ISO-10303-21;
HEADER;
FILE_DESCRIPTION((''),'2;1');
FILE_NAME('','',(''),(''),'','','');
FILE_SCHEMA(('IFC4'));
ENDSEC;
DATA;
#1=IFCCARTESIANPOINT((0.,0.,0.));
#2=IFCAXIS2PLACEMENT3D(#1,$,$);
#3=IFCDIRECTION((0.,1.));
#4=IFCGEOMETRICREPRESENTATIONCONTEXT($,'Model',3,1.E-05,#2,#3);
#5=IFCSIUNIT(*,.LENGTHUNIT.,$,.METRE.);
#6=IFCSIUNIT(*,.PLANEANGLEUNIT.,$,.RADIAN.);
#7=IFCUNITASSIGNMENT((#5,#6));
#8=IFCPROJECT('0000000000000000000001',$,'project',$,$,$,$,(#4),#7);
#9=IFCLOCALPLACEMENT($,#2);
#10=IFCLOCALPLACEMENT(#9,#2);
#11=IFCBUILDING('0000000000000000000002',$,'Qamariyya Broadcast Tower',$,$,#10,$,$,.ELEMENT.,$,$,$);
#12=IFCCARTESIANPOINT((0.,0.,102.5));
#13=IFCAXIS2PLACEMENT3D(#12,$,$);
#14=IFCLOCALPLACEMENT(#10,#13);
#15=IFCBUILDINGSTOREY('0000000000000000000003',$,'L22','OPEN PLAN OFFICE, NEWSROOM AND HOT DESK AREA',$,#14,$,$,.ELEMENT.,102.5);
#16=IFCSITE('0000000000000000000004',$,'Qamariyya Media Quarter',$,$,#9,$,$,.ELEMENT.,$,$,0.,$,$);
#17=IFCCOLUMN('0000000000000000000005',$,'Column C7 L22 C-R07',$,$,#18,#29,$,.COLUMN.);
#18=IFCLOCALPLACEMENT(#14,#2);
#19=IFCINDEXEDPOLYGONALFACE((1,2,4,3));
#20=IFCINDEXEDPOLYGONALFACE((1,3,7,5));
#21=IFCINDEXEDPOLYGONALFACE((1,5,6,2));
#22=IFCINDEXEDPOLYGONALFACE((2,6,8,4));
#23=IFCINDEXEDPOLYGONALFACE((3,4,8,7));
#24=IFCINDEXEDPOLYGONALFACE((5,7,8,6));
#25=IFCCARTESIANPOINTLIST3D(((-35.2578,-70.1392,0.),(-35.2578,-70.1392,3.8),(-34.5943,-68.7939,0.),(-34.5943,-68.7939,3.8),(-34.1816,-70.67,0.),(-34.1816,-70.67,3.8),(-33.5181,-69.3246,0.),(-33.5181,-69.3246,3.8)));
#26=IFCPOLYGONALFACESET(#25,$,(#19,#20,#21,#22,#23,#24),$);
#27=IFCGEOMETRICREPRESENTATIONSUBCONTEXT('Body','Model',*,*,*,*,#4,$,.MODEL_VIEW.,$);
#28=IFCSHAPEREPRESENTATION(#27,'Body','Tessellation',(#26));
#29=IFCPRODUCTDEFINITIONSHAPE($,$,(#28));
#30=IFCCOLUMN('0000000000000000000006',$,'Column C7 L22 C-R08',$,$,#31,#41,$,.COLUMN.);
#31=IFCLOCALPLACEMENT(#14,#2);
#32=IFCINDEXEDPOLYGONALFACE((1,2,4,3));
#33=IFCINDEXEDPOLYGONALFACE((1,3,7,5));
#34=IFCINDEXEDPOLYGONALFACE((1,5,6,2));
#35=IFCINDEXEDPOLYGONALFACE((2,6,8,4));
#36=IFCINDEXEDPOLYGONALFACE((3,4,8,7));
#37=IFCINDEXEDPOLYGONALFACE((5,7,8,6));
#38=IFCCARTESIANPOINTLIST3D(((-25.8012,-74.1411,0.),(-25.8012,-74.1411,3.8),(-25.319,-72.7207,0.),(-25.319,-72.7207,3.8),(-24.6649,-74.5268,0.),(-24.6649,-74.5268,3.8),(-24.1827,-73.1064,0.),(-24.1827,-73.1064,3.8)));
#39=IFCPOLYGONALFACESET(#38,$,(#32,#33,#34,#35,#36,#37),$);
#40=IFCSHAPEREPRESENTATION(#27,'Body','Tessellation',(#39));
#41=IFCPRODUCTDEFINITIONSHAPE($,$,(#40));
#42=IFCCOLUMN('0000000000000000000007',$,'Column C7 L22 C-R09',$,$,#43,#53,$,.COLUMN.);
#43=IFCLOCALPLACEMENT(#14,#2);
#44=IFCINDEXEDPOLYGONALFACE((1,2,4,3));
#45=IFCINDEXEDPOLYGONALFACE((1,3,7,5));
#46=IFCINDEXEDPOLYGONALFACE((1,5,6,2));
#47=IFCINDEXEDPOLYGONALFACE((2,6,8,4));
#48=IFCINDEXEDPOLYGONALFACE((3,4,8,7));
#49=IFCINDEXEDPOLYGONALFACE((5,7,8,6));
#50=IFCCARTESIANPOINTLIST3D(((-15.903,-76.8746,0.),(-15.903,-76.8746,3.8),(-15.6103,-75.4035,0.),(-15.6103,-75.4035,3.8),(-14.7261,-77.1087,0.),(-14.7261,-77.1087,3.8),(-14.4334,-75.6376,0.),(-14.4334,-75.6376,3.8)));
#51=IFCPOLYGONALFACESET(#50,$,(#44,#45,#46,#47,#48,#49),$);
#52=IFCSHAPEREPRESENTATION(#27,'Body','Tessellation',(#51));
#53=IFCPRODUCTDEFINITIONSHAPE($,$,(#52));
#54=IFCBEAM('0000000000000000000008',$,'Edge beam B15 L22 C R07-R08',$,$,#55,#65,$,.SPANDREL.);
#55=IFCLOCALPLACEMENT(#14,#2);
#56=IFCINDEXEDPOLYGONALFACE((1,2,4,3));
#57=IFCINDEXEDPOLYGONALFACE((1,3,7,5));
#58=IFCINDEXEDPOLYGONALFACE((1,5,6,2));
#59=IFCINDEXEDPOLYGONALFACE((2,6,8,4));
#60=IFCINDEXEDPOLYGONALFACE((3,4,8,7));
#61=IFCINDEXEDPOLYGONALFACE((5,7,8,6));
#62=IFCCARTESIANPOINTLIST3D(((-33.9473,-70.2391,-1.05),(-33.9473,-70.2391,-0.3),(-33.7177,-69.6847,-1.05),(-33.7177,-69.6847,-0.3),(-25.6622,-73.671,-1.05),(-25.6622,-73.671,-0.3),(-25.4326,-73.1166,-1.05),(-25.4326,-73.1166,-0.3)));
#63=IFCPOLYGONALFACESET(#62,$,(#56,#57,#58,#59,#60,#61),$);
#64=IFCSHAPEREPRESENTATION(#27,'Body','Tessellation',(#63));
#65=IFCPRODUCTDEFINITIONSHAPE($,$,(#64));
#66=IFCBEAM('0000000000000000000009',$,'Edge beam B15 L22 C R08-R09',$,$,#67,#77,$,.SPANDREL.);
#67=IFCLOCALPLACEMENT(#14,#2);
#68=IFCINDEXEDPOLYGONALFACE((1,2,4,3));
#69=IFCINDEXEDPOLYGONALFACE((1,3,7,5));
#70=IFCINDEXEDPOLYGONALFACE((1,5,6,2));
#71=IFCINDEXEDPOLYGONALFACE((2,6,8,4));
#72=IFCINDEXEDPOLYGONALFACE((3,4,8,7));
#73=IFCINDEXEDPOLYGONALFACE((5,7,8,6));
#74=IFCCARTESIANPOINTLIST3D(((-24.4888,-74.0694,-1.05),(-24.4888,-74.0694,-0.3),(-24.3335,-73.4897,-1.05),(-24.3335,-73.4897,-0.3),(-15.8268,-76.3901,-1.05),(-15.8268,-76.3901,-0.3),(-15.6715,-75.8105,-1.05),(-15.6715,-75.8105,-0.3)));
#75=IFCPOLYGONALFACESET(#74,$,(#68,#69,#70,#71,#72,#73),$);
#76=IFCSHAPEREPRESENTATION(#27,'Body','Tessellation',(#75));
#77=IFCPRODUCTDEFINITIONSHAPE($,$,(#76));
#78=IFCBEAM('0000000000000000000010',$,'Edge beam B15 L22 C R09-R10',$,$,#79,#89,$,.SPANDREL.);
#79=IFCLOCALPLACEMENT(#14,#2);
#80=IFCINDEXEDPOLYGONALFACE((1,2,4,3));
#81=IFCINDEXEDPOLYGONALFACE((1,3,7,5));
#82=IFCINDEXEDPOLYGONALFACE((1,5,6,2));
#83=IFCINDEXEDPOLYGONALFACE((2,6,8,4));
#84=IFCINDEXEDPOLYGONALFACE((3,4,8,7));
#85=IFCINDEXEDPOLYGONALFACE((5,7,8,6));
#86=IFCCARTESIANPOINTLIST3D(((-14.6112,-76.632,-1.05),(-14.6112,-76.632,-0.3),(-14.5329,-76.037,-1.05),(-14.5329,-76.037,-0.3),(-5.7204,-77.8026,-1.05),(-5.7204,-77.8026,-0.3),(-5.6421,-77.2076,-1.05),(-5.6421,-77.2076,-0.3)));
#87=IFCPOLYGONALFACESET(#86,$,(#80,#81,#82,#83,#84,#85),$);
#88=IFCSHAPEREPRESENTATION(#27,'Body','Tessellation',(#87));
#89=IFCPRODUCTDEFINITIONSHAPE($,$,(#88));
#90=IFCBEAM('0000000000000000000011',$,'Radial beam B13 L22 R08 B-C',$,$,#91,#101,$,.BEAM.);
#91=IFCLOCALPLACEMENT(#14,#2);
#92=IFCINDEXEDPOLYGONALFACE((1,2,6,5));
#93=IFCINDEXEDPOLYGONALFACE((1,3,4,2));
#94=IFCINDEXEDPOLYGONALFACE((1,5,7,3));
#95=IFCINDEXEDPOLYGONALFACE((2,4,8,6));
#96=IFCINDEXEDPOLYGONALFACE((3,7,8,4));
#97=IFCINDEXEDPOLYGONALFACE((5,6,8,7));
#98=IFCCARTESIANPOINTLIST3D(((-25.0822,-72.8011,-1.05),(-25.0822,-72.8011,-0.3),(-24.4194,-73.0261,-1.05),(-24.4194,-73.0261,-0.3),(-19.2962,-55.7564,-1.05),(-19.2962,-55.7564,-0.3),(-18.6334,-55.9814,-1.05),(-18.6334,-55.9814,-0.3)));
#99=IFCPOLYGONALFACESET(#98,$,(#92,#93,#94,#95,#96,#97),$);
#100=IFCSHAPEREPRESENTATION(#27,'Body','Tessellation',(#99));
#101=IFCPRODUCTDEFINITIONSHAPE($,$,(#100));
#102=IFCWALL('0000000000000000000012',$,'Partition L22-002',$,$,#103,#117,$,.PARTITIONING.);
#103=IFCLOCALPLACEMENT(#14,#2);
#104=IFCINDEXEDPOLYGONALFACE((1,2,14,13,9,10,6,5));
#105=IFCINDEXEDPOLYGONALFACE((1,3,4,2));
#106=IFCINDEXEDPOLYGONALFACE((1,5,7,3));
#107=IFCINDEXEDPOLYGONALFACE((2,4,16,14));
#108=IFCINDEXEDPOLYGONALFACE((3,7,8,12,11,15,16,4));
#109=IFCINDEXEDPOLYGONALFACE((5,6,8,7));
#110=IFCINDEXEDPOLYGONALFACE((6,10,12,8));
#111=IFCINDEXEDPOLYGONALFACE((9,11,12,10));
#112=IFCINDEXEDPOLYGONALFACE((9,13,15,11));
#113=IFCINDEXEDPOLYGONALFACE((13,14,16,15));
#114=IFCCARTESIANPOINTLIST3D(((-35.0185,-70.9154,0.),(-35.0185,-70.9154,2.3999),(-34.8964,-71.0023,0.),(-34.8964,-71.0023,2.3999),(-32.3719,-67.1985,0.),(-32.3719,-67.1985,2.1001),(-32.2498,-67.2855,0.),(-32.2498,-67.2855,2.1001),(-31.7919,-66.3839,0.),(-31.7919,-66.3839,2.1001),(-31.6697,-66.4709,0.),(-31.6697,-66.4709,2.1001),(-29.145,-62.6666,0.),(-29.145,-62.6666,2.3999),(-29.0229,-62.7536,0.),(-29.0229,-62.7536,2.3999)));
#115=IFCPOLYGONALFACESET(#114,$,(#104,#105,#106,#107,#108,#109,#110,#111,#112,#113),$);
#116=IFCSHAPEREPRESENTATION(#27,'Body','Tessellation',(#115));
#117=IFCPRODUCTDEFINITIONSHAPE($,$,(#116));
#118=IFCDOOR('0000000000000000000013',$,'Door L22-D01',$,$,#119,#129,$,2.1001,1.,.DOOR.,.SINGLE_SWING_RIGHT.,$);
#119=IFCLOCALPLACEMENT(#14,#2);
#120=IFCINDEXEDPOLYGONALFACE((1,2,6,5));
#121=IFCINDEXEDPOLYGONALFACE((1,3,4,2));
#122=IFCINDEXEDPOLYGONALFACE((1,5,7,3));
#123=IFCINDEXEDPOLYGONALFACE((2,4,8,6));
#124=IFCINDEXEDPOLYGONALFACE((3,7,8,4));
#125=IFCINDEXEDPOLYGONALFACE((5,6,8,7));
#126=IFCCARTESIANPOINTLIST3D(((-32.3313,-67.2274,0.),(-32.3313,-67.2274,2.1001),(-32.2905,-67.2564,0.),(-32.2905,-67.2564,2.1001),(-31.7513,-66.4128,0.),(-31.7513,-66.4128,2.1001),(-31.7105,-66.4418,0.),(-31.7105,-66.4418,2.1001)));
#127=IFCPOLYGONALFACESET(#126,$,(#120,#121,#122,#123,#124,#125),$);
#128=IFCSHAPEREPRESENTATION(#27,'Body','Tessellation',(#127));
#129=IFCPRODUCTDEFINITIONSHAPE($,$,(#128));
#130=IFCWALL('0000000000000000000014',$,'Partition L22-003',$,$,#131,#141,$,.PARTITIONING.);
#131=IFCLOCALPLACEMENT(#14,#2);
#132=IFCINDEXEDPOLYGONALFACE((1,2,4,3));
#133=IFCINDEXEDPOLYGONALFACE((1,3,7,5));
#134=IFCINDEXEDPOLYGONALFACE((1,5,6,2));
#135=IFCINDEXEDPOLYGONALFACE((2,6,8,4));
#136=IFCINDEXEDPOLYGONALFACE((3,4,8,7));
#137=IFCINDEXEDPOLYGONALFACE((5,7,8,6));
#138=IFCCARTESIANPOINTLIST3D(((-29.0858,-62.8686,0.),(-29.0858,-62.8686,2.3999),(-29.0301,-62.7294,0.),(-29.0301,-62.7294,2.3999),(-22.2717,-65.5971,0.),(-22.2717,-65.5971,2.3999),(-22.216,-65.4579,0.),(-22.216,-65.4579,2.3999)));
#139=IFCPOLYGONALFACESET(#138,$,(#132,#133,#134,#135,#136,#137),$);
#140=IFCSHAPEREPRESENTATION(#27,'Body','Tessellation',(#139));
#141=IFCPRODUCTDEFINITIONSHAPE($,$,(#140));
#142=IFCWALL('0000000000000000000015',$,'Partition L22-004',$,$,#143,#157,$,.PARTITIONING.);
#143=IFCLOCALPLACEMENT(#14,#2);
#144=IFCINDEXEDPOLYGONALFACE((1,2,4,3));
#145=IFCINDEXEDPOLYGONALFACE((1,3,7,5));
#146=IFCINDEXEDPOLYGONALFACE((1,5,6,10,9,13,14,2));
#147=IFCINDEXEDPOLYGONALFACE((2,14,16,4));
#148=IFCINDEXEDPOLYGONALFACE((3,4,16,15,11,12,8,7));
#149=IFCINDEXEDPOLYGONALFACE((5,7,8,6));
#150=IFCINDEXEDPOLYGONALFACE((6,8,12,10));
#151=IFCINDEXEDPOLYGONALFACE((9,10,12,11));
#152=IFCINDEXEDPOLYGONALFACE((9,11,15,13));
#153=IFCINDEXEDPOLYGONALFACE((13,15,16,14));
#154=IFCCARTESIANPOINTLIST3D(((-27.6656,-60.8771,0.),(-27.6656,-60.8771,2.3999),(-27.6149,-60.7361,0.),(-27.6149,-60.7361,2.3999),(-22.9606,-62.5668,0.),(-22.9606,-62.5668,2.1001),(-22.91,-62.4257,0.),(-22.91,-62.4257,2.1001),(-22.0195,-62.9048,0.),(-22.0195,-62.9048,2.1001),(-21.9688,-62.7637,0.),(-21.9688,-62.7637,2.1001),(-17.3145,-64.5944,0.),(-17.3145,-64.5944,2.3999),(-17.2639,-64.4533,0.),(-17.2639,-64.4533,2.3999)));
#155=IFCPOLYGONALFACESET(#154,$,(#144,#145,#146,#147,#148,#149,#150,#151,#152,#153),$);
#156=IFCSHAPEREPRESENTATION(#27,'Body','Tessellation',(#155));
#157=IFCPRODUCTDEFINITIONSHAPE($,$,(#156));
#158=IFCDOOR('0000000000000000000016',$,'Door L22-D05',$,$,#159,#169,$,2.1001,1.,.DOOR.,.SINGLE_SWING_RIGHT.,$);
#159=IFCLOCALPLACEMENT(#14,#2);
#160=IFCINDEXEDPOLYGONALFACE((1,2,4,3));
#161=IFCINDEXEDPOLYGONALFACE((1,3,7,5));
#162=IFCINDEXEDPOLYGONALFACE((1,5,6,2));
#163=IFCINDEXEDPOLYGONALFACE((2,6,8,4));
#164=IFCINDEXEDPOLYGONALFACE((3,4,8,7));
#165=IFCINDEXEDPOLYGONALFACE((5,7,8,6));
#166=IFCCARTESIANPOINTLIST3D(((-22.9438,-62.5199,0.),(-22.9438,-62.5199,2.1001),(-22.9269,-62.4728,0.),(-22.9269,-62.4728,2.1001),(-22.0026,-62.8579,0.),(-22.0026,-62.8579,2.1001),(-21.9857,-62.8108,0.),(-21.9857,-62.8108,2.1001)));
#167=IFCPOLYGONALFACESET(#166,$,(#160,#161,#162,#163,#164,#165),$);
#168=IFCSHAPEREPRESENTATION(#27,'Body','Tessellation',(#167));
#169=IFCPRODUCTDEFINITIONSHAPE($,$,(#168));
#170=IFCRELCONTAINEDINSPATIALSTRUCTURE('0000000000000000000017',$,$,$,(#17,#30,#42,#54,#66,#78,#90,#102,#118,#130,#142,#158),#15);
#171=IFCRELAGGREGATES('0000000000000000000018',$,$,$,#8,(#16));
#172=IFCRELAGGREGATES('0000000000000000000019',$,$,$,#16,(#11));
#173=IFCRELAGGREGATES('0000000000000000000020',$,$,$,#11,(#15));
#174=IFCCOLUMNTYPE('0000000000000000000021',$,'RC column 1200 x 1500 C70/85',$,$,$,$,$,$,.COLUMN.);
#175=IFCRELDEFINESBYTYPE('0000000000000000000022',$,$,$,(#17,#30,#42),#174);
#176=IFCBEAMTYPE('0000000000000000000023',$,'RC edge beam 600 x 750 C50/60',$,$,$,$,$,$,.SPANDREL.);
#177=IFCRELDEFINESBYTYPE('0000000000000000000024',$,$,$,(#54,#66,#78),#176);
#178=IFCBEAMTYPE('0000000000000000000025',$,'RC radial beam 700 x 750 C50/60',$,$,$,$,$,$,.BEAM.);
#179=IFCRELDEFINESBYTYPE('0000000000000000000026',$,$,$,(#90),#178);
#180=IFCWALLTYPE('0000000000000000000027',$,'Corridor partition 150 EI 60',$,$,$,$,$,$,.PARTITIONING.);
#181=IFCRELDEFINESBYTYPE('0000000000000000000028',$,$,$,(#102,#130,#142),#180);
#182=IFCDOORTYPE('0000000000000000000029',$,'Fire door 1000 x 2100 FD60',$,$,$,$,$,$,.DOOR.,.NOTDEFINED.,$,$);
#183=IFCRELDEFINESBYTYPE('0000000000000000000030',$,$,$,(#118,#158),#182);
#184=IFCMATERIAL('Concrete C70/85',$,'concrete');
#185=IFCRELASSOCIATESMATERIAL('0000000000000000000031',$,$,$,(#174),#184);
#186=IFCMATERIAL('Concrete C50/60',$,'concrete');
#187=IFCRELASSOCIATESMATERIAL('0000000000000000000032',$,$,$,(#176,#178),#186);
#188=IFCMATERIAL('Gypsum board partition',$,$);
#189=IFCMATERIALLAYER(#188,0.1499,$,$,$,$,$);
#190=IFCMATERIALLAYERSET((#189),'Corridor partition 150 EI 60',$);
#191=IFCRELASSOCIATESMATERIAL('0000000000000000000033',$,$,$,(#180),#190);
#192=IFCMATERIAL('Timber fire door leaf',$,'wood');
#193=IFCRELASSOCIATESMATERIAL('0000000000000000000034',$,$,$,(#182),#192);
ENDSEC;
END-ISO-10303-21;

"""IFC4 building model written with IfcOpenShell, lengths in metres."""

from ifc_helpers import new_model, si_unit, direction, frame, frame_2d, origin, origin_2d, place, context, subcontext, project, spatial, rectangle, extrude, material, layer, layer_set, material_profile, profile_set, type_object, element, fill, save


model = new_model("IFC4")

# Units and contexts
model_context = context("Model", 3, precision=1e-05, world=origin(), true_north=direction((0.0, 1.0)))
body_context = subcontext(model_context, "Body", "Model", "MODEL_VIEW")
ifc_project = project(units=[si_unit("LENGTHUNIT", "METRE"), si_unit("PLANEANGLEUNIT", "RADIAN")], contexts=[model_context])

# Site, building, storey
site_placement = place(None, origin())
site = spatial("IfcSite", under=ifc_project, at=site_placement, Name="Qamariyya Media Quarter", CompositionType="ELEMENT", RefElevation=0.0)
building_placement = place(site_placement, origin())
building = spatial("IfcBuilding", under=site, at=building_placement, Name="Qamariyya Broadcast Tower", CompositionType="ELEMENT")
storey_placement = place(building_placement, frame((0.0, 0.0, 102.5)))
storey = spatial("IfcBuildingStorey", under=building, at=storey_placement, Name="L22", Description="OPEN PLAN OFFICE, NEWSROOM AND HOT DESK AREA", CompositionType="ELEMENT", Elevation=102.5)

# Columns
ifc_material_1 = material(Name="Concrete C70/85", Category="concrete")
ifc_material_profile_1 = material_profile(ifc_material_1, rectangle(XDim=1.2, YDim=1.5, at=origin_2d()))
ifc_profile_set_1 = profile_set([ifc_material_profile_1], Name="Concrete C70/85")
column_type = type_object("IfcColumnType", Name="RC column 1200 x 1500 C70/85", PredefinedType="COLUMN", material=ifc_profile_set_1)
for number, where, z_axis, x_axis, name in (
    (1, (-34.3879, -69.7319, 0.0), (0.0, 0.0, 1.0), (0.896873, -0.442289, 0.0), "Column C7 L22 C-R07"),
    (2, (-24.9919, -73.6238, 0.0), (0.0, 0.0, 1.0), (0.94693, -0.321439, 0.0), "Column C7 L22 C-R08"),
    (3, (-15.1682, -76.2561, 0.0), (0.0, 0.0, 1.0), (0.980785, -0.19509, 0.0), "Column C7 L22 C-R09"),
):
    element("IfcColumn", number, at=place(storey_placement, frame(where, z_axis=z_axis, x_axis=x_axis)), inside=storey, type_object=column_type, Name=name, PredefinedType="COLUMN", context=body_context, shape_type="SweptSolid", body=[
        extrude(rectangle(XDim=1.2, YDim=1.5, at=origin_2d()), origin(), (0.0, 0.0, 1.0), 3.8),
    ])

# Beams
ifc_material_2 = material(Name="Concrete C50/60", Category="concrete")
ifc_material_profile_2 = material_profile(ifc_material_2, rectangle(XDim=0.6001, YDim=0.75, at=origin_2d()))
ifc_profile_set_2 = profile_set([ifc_material_profile_2], Name="Concrete C50/60")
beam_type_1 = type_object("IfcBeamType", Name="RC edge beam 600 x 750 C50/60", PredefinedType="SPANDREL", material=ifc_profile_set_2)
beam_1_placement = place(storey_placement, frame((-33.8325, -69.9619, -0.675), z_axis=(0.923877, -0.382689, 0.0), x_axis=(0.382689, 0.923877, 0.0)))
element("IfcBeam", 4, at=beam_1_placement, inside=storey, type_object=beam_type_1, Name="Edge beam B15 L22 C R07-R08", PredefinedType="SPANDREL", context=body_context, shape_type="SweptSolid", body=[
    extrude(rectangle(XDim=0.6001, YDim=0.75, at=origin_2d()), origin(), (0.0, 0.0, 1.0), 8.9678),
])
for number, where, z_axis, x_axis, name in (
    (5, (-24.4111, -73.7795, -0.675), (0.965932, -0.258798, 0.0), (0.258798, 0.965932, 0.0), "Edge beam B15 L22 C R08-R09"),
    (6, (-14.572, -76.3345, -0.675), (0.991443, -0.130543, 0.0), (0.130543, 0.991443, 0.0), "Edge beam B15 L22 C R09-R10"),
):
    element("IfcBeam", number, at=place(storey_placement, frame(where, z_axis=z_axis, x_axis=x_axis)), inside=storey, type_object=beam_type_1, Name=name, PredefinedType="SPANDREL", context=body_context, shape_type="SweptSolid", body=[
        extrude(rectangle(XDim=0.6001, YDim=0.75, at=origin_2d()), origin(), (0.0, 0.0, 1.0), 8.9675),
    ])
ifc_material_profile_3 = material_profile(ifc_material_2, rectangle(XDim=0.7, YDim=0.75, at=origin_2d()))
ifc_profile_set_3 = profile_set([ifc_material_profile_3], Name="Concrete C50/60")
beam_type_2 = type_object("IfcBeamType", Name="RC radial beam 700 x 750 C50/60", PredefinedType="BEAM", material=ifc_profile_set_3)
beam_2_placement = place(storey_placement, frame((-18.9648, -55.8689, -0.675), z_axis=(-0.321439, -0.94693, 0.0), x_axis=(0.94693, -0.321439, 0.0)))
element("IfcBeam", 7, at=beam_2_placement, inside=storey, type_object=beam_type_2, Name="Radial beam B13 L22 R08 B-C", PredefinedType="BEAM", context=body_context, shape_type="SweptSolid", body=[
    extrude(rectangle(XDim=0.7, YDim=0.75, at=origin_2d()), origin(), (0.0, 0.0, 1.0), 18.0),
])

# Wall, opening, door
ifc_material_3 = material(Name="Gypsum board partition")
ifc_layer_1 = layer(ifc_material_3, 0.1499)
ifc_layer_set_1 = layer_set([ifc_layer_1], Name="Corridor partition 150 EI 60")
wall_type_1 = type_object("IfcWallType", Name="Corridor partition 150 EI 60", PredefinedType="PARTITIONING", material=ifc_layer_set_1)
wall_1_placement = place(storey_placement, frame((-29.084, -62.7102, 0.0), z_axis=(0.0, 0.0, 1.0), x_axis=(-0.580031, -0.814594, 0.0)))
wall_1 = element("IfcWall", 8, at=wall_1_placement, inside=storey, type_object=wall_type_1, Name="Partition L22-002", PredefinedType="PARTITIONING", context=body_context, shape_type="SweptSolid", body=[
    extrude(rectangle(XDim=10.1262, YDim=0.1499, at=frame_2d((5.063, 0.0))), origin(), (0.0, 0.0, 1.0), 2.3999),
])
opening_1_placement = place(wall_1_placement, frame((4.5632, 0.0, 0.0)))
opening_1 = element("IfcOpeningElement", 9, at=opening_1_placement, cuts=wall_1, PredefinedType="OPENING", context=body_context, shape_type="SweptSolid", body=[
    extrude(rectangle(XDim=1.0, YDim=2.1001, at=frame_2d((0.5, 1.05))), frame((0.0, 0.085, 0.0), z_axis=(0.0, -1.0, 0.0), x_axis=(1.0, 0.0, 0.0)), (0.0, 0.0, 1.0), 0.1699),
])
ifc_material_4 = material(Name="Timber fire door leaf", Category="wood")
door_type_1 = type_object("IfcDoorType", Name="Fire door 1000 x 2100 FD60", OperationType="NOTDEFINED", PredefinedType="DOOR", material=ifc_material_4)
door_1_placement = place(opening_1_placement, origin())
door_1 = element("IfcDoor", 10, at=door_1_placement, inside=storey, type_object=door_type_1, Name="Door L22-D01", OperationType="SINGLE_SWING_RIGHT", OverallHeight=2.1001, OverallWidth=1.0, PredefinedType="DOOR", context=body_context, shape_type="SweptSolid", body=[
    extrude(rectangle(XDim=1.0, YDim=2.1001, at=frame_2d((0.5, 1.05))), frame((0.0, 0.0249, 0.0), z_axis=(0.0, -1.0, 0.0), x_axis=(1.0, 0.0, 0.0)), (0.0, 0.0, 1.0), 0.05),
])
fill(opening_1, door_1)

# Wall
wall_2_placement = place(storey_placement, frame((-29.0579, -62.7991, 0.0), z_axis=(0.0, 0.0, 1.0), x_axis=(0.928344, -0.371723, 0.0)))
element("IfcWall", 11, at=wall_2_placement, inside=storey, type_object=wall_type_1, Name="Partition L22-003", PredefinedType="PARTITIONING", context=body_context, shape_type="SweptSolid", body=[
    extrude(rectangle(XDim=7.3401, YDim=0.1499, at=frame_2d((3.6699, 0.0))), origin(), (0.0, 0.0, 1.0), 2.3999),
])

# Wall, opening, door
wall_3_placement = place(storey_placement, frame((-27.6401, -60.8066, 0.0), z_axis=(0.0, 0.0, 1.0), x_axis=(0.941151, -0.337987, 0.0)))
wall_3 = element("IfcWall", 12, at=wall_3_placement, inside=storey, type_object=wall_type_1, Name="Partition L22-004", PredefinedType="PARTITIONING", context=body_context, shape_type="SweptSolid", body=[
    extrude(rectangle(XDim=10.9983, YDim=0.1499, at=frame_2d((5.499, 0.0))), origin(), (0.0, 0.0, 1.0), 2.3999),
])
opening_2_placement = place(wall_3_placement, frame((4.999, 0.0, 0.0)))
opening_2 = element("IfcOpeningElement", 13, at=opening_2_placement, cuts=wall_3, PredefinedType="OPENING", context=body_context, shape_type="SweptSolid", body=[
    extrude(rectangle(XDim=1.0, YDim=2.1001, at=frame_2d((0.5, 1.05))), frame((0.0, 0.085, 0.0), z_axis=(0.0, -1.0, 0.0), x_axis=(1.0, 0.0, 0.0)), (0.0, 0.0, 1.0), 0.1699),
])
door_2_placement = place(opening_2_placement, origin())
door_2 = element("IfcDoor", 14, at=door_2_placement, inside=storey, type_object=door_type_1, Name="Door L22-D05", OperationType="SINGLE_SWING_RIGHT", OverallHeight=2.1001, OverallWidth=1.0, PredefinedType="DOOR", context=body_context, shape_type="SweptSolid", body=[
    extrude(rectangle(XDim=1.0, YDim=2.1001, at=frame_2d((0.5, 1.05))), frame((0.0, 0.0249, 0.0), z_axis=(0.0, -1.0, 0.0), x_axis=(1.0, 0.0, 0.0)), (0.0, 0.0, 1.0), 0.05),
])
fill(opening_2, door_2)

save(model, "model.ifc")
